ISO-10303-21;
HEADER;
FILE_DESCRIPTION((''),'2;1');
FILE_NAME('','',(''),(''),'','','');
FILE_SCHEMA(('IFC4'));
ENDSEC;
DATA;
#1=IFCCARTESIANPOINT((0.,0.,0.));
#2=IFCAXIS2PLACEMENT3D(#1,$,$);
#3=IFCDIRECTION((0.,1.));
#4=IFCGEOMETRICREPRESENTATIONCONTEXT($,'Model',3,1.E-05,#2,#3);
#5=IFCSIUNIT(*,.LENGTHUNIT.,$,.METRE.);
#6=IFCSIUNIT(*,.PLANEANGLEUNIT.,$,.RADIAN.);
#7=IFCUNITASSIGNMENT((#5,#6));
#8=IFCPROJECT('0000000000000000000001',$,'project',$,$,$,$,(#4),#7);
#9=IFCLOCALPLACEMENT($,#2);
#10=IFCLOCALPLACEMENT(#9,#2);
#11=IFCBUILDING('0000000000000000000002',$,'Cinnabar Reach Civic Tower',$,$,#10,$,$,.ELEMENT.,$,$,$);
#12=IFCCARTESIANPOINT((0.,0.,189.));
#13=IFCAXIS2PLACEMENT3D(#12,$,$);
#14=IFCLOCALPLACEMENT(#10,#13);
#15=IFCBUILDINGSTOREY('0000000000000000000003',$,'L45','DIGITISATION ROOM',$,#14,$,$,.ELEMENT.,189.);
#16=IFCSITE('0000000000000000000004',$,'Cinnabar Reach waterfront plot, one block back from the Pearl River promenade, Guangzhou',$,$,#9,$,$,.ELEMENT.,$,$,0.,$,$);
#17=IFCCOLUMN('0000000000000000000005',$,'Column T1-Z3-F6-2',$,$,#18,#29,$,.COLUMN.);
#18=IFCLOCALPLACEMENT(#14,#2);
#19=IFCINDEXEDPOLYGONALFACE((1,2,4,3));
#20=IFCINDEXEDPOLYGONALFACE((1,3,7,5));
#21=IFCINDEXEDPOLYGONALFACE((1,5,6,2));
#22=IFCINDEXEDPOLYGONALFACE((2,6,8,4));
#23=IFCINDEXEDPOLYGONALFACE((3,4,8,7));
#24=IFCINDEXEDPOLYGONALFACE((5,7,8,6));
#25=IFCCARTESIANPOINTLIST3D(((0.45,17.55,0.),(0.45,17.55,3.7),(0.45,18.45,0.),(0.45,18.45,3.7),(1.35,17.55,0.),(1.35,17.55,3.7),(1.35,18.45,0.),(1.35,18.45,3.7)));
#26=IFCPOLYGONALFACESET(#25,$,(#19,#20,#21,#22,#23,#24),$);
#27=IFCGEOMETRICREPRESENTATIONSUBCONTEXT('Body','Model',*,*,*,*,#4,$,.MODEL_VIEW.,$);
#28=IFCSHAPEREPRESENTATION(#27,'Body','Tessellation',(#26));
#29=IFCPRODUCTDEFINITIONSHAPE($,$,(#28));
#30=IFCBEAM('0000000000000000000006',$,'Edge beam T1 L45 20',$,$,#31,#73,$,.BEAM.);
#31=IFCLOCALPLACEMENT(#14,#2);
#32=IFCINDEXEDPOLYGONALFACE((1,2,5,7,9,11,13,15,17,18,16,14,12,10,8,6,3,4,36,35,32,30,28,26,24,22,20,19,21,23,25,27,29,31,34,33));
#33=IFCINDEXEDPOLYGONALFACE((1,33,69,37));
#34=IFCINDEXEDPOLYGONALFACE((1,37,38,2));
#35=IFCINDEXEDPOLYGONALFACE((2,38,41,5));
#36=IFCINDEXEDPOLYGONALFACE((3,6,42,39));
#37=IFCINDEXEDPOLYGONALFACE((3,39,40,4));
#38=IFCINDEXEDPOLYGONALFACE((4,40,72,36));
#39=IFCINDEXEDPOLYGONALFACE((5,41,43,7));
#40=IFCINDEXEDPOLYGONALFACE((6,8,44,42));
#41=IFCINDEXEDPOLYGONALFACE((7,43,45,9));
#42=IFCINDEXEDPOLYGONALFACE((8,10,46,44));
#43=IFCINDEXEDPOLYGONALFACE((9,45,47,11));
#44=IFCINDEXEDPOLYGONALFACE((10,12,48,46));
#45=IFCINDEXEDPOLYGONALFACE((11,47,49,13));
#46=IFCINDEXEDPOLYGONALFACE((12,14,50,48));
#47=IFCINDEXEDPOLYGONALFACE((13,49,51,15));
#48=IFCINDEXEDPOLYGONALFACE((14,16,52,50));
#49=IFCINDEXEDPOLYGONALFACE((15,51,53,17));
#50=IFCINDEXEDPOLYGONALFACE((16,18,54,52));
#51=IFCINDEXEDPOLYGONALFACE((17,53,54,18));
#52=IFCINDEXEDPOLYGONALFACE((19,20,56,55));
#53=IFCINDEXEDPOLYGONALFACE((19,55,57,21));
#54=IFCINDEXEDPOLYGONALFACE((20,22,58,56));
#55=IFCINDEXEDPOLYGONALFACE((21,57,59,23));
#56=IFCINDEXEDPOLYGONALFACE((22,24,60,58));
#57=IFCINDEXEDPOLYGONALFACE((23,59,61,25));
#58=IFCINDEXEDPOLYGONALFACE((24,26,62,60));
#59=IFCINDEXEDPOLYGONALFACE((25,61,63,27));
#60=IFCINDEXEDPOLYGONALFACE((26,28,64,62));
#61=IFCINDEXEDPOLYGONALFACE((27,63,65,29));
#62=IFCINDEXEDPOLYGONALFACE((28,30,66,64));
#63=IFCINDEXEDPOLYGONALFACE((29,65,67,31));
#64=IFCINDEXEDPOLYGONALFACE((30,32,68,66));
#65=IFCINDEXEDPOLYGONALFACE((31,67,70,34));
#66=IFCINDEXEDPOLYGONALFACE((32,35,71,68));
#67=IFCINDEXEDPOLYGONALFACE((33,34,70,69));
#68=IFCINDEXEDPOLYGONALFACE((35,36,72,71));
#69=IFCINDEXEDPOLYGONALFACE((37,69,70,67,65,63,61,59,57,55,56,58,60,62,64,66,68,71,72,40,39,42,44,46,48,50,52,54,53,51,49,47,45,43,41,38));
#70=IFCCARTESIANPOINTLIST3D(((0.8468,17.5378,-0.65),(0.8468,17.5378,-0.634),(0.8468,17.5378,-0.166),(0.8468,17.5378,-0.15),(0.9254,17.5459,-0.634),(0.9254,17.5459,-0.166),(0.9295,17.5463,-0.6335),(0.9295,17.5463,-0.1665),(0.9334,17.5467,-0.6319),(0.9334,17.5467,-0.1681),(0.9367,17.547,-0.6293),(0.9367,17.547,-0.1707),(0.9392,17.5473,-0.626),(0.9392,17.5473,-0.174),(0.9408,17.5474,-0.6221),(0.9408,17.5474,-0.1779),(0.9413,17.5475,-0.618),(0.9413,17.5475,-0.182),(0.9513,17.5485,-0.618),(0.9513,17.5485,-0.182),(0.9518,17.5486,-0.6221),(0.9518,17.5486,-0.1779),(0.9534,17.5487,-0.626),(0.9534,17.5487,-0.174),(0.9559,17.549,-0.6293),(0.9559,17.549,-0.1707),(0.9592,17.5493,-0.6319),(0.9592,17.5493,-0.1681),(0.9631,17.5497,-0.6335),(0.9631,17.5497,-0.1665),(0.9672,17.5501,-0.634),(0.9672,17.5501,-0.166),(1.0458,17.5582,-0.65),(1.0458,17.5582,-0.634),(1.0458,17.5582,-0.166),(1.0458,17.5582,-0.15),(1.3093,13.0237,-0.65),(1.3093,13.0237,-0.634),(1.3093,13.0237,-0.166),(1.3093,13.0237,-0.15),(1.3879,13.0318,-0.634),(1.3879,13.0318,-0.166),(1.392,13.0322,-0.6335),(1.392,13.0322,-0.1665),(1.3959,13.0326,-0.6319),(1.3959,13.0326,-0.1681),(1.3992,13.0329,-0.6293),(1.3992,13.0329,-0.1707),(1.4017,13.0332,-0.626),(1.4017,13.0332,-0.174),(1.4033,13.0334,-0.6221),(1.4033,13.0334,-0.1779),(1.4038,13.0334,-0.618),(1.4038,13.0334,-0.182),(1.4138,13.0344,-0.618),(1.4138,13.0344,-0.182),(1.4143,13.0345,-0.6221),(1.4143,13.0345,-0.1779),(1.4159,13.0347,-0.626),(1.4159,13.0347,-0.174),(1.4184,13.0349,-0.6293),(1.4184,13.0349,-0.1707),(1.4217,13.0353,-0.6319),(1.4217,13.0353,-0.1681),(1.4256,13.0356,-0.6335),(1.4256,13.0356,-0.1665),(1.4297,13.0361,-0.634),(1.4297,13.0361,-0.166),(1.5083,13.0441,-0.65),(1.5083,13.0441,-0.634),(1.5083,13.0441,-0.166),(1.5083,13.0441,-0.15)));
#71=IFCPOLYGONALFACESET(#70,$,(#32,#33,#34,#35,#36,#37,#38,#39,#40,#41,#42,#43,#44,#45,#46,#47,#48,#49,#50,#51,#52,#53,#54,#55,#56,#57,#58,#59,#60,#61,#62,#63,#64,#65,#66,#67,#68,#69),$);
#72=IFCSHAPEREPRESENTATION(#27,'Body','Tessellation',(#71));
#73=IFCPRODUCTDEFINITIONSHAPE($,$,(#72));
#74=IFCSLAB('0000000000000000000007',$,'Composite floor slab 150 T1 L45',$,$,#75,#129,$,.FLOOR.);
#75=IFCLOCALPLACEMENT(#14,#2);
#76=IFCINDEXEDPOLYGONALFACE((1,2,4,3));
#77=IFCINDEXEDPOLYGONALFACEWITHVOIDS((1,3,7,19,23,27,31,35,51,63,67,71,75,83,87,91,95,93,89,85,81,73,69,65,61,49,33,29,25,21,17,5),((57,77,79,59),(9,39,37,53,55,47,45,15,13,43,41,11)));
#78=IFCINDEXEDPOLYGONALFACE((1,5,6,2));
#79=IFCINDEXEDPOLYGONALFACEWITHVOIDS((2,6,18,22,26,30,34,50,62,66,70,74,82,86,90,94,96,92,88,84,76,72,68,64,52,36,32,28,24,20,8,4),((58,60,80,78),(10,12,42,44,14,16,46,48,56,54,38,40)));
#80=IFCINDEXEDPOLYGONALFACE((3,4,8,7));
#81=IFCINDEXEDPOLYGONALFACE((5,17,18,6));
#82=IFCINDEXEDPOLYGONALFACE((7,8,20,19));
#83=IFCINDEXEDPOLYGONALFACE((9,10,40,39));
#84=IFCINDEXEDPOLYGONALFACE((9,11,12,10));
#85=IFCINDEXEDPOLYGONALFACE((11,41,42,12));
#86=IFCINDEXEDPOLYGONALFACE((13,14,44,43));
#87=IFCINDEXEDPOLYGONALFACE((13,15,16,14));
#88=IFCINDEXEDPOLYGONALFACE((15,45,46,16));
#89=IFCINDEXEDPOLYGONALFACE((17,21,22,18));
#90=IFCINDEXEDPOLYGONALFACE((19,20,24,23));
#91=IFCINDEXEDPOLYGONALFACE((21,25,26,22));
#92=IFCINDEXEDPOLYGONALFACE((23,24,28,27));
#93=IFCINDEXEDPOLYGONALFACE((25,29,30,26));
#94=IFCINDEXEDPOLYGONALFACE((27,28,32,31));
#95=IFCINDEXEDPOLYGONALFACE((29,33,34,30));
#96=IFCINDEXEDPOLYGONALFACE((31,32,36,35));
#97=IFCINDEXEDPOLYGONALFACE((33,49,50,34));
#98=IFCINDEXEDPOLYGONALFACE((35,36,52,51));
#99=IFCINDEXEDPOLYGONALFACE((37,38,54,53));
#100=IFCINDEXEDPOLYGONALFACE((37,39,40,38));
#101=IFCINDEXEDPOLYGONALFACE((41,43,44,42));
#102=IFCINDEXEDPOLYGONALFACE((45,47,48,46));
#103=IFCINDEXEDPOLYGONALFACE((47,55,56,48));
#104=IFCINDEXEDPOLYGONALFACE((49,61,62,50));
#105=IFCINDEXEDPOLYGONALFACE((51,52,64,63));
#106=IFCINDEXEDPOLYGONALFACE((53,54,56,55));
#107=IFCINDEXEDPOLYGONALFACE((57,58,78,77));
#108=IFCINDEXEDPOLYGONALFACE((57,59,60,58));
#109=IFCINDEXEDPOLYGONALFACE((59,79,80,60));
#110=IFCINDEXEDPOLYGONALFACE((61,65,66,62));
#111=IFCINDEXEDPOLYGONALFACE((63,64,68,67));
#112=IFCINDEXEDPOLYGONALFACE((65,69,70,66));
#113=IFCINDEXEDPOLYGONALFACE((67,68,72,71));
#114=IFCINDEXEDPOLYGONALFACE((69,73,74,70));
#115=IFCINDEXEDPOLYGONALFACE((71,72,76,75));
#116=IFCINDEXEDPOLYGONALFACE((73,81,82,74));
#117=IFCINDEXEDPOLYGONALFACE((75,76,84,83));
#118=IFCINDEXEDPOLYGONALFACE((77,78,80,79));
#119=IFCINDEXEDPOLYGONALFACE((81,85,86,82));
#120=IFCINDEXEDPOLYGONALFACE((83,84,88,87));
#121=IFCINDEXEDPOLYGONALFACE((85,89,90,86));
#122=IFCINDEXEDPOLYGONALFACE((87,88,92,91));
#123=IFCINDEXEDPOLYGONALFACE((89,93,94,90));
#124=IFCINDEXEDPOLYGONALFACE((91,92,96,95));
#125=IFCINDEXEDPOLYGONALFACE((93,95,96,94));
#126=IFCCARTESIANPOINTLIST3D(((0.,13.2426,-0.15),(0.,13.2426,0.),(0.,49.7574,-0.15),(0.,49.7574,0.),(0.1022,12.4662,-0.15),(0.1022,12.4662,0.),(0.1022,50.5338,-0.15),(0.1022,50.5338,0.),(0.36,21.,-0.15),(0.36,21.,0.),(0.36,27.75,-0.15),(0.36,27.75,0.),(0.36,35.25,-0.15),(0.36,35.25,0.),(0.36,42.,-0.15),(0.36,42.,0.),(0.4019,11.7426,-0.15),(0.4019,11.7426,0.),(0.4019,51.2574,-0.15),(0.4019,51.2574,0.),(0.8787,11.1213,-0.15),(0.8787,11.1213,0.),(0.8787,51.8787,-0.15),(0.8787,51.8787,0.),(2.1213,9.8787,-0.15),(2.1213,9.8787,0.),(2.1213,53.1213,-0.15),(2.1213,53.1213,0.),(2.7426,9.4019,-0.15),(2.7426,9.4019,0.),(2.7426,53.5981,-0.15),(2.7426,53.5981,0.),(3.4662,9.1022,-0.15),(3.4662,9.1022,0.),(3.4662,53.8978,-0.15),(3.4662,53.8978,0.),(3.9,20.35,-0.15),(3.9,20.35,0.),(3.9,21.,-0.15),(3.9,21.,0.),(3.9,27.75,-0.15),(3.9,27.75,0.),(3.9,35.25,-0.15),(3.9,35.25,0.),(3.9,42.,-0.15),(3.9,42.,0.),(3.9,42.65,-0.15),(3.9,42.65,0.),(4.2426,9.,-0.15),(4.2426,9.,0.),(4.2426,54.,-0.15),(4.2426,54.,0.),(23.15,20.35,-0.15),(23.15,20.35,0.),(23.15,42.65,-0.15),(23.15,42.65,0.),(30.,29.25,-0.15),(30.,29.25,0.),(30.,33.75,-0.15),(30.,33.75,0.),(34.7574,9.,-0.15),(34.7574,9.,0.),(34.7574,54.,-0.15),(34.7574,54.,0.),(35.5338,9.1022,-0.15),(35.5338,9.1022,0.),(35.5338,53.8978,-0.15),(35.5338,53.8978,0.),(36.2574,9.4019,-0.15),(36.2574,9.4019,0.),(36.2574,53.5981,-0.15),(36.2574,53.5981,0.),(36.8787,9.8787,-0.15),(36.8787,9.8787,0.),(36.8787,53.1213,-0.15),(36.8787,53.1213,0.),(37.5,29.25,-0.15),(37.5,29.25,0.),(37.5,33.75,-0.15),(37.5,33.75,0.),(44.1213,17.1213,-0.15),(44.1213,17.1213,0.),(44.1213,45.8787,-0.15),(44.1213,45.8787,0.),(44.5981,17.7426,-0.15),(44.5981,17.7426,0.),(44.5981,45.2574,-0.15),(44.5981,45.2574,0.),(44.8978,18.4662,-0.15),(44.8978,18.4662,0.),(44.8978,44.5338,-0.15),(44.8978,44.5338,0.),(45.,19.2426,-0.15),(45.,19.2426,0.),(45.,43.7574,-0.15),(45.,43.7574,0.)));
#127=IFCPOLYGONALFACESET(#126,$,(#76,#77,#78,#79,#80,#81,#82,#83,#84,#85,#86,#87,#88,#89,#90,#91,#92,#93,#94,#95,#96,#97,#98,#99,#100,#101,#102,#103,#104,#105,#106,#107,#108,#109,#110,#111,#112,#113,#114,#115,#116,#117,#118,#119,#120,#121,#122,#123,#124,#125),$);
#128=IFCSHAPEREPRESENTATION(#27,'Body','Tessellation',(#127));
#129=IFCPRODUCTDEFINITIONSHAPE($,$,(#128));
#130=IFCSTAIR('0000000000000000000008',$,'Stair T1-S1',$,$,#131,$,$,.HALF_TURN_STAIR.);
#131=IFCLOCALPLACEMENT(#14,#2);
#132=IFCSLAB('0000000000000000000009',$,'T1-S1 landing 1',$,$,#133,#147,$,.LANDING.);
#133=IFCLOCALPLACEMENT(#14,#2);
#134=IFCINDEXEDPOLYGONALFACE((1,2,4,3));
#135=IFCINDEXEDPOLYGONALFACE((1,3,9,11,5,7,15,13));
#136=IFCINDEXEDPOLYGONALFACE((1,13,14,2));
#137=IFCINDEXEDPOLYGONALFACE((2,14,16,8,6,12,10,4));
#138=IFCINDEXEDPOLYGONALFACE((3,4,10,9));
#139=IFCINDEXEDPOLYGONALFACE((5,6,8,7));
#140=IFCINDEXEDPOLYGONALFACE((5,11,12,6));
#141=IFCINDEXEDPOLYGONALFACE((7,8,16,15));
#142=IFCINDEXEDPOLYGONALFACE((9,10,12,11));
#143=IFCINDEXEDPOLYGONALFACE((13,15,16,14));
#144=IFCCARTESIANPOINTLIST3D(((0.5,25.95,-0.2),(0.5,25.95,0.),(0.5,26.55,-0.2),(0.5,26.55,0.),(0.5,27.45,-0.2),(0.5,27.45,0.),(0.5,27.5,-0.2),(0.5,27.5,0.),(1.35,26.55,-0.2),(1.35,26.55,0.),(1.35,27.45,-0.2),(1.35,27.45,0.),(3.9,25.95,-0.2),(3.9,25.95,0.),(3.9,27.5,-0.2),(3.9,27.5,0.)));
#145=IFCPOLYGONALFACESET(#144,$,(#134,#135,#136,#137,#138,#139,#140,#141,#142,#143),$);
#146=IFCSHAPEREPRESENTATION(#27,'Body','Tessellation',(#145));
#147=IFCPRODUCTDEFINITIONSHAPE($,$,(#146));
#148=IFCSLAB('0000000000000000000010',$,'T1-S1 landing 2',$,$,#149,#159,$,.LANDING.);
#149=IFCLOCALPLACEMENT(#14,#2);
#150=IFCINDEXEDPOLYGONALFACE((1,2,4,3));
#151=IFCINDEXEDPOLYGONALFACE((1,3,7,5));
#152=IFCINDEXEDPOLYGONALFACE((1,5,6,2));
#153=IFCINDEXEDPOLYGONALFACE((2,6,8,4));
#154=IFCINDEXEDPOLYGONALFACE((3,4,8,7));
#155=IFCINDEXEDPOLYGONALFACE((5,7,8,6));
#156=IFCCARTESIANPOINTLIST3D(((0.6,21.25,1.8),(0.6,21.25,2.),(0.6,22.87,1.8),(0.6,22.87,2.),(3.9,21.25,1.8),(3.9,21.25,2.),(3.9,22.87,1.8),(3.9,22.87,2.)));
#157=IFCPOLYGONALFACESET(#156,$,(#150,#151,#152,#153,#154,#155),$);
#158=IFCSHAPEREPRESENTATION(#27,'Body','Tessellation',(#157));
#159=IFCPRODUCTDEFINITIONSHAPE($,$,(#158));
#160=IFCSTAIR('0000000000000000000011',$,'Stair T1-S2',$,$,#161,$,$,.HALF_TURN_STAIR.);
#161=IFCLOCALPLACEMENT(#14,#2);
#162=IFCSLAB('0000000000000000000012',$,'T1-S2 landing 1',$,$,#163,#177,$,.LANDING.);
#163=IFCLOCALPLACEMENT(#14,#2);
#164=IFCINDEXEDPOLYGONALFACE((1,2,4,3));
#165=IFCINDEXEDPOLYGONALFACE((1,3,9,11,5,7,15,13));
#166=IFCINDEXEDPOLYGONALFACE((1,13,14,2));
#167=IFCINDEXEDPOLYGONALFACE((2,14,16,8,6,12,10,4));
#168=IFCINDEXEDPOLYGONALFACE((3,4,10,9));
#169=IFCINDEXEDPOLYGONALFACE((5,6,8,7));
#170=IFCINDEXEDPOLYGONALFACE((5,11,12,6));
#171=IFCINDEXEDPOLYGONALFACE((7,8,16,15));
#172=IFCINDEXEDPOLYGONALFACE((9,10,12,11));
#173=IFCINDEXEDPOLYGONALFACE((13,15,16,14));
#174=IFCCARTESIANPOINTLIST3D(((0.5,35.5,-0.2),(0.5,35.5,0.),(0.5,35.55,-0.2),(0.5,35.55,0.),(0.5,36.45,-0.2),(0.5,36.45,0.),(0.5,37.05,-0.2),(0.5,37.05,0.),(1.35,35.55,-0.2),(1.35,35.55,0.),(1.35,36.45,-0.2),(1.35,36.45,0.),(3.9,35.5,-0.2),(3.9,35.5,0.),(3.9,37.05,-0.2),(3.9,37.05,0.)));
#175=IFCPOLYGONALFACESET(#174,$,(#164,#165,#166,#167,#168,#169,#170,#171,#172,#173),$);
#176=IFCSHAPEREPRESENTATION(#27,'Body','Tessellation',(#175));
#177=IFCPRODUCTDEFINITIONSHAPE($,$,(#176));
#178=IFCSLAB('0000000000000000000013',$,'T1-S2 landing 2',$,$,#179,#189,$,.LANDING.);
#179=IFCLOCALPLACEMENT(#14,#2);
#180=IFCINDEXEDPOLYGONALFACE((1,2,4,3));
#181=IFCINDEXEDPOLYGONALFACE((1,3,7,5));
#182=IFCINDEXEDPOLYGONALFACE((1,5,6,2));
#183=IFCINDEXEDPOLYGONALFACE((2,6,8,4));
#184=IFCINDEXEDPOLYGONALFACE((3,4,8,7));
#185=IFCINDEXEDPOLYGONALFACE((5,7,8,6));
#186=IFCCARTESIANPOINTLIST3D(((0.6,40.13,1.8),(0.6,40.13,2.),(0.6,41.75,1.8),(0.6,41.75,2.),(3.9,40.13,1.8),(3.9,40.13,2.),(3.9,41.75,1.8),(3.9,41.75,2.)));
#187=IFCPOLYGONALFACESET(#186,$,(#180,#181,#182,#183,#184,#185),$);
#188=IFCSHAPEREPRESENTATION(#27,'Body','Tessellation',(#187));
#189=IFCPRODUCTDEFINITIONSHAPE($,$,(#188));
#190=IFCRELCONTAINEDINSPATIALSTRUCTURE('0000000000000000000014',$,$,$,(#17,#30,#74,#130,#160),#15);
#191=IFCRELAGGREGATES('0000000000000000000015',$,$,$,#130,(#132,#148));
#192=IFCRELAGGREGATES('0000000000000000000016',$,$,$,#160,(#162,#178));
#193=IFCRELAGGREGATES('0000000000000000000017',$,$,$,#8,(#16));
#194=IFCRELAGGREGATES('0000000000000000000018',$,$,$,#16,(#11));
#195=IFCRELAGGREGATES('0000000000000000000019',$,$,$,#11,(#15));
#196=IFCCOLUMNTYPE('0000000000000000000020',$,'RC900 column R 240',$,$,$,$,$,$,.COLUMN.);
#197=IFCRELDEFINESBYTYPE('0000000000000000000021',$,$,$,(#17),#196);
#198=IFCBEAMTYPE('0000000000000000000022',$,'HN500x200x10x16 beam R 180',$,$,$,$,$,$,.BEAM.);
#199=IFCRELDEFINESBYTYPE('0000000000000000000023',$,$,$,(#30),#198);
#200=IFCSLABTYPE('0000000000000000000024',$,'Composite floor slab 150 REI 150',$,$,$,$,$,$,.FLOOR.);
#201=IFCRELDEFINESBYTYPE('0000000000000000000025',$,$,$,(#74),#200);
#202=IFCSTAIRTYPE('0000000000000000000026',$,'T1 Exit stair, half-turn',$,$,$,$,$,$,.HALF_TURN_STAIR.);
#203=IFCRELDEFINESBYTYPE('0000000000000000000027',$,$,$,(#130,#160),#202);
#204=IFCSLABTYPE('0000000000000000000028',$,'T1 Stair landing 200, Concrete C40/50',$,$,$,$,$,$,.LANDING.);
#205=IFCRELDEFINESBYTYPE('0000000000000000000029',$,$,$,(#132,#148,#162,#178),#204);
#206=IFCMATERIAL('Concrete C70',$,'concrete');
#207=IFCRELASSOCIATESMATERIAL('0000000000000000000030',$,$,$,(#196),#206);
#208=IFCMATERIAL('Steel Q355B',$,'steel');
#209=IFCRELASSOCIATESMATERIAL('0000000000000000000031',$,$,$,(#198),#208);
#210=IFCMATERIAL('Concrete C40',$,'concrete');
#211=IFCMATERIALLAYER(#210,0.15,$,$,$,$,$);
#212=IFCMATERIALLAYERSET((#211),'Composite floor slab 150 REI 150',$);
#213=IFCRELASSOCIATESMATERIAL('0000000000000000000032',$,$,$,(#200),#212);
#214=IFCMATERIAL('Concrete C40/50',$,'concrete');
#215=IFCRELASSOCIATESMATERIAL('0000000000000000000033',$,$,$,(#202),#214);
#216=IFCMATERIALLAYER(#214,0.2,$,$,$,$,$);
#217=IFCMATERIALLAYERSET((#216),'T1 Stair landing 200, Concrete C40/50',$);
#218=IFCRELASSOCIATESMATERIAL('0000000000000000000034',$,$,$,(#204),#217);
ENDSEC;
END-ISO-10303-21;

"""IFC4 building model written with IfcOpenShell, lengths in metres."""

from ifc_helpers import new_model, si_unit, direction, frame, origin, origin_2d, place, context, subcontext, project, spatial, polyline, rectangle, i_section, outline, extrude, material, layer, layer_set, material_profile, profile_set, type_object, element, aggregate, save


model = new_model("IFC4")

# Units and contexts
model_context = context("Model", 3, precision=1e-05, world=origin(), true_north=direction((0.0, 1.0)))
body_context = subcontext(model_context, "Body", "Model", "MODEL_VIEW")
ifc_project = project(units=[si_unit("LENGTHUNIT", "METRE"), si_unit("PLANEANGLEUNIT", "RADIAN")], contexts=[model_context])

# Site, building, storey
site_placement = place(None, origin())
site = spatial("IfcSite", under=ifc_project, at=site_placement, Name="Cinnabar Reach waterfront plot, one block back from the Pearl River promenade, Guangzhou", CompositionType="ELEMENT", RefElevation=0.0)
building_placement = place(site_placement, origin())
building = spatial("IfcBuilding", under=site, at=building_placement, Name="Cinnabar Reach Civic Tower", CompositionType="ELEMENT")
storey_placement = place(building_placement, frame((0.0, 0.0, 189.0)))
storey = spatial("IfcBuildingStorey", under=building, at=storey_placement, Name="L45", Description="DIGITISATION ROOM", CompositionType="ELEMENT", Elevation=189.0)

# Column
ifc_material_1 = material(Name="Concrete C70", Category="concrete")
ifc_material_profile_1 = material_profile(ifc_material_1, rectangle(XDim=0.9, YDim=0.9, at=origin_2d()), Name="RC900")
ifc_profile_set_1 = profile_set([ifc_material_profile_1], Name="Concrete C70")
column_type = type_object("IfcColumnType", Name="RC900 column R 240", PredefinedType="COLUMN", material=ifc_profile_set_1)
column_placement = place(storey_placement, frame((0.9, 18.0, 0.0), z_axis=(0.0, 0.0, 1.0), x_axis=(1.0, 0.0, 0.0)))
element("IfcColumn", 1, at=column_placement, inside=storey, type_object=column_type, Name="Column T1-Z3-F6-2", PredefinedType="COLUMN", context=body_context, shape_type="SweptSolid", body=[
    extrude(rectangle(XDim=0.9, YDim=0.9, at=origin_2d()), origin(), (0.0, 0.0, 1.0), 3.7),
])

# Beam
ifc_material_2 = material(Name="Steel Q355B", Category="steel")
ifc_material_profile_2 = material_profile(ifc_material_2, i_section(OverallWidth=0.2, OverallDepth=0.5, WebThickness=0.01, FlangeThickness=0.016, FilletRadius=0.016, at=origin_2d()), Name="HN500x200x10x16")
ifc_profile_set_2 = profile_set([ifc_material_profile_2], Name="Steel Q355B")
beam_type = type_object("IfcBeamType", Name="HN500x200x10x16 beam R 180", PredefinedType="BEAM", material=ifc_profile_set_2)
beam_placement = place(storey_placement, frame((0.9463, 17.548, -0.4), z_axis=(0.101923, -0.994792, 0.0), x_axis=(0.994792, 0.101923, 0.0)))
element("IfcBeam", 2, at=beam_placement, inside=storey, type_object=beam_type, Name="Edge beam T1 L45 20", PredefinedType="BEAM", context=body_context, shape_type="SweptSolid", body=[
    extrude(i_section(OverallWidth=0.2, OverallDepth=0.5, WebThickness=0.01, FlangeThickness=0.016, FilletRadius=0.016, at=origin_2d()), origin(), (0.0, 0.0, 1.0), 4.5377),
])

# Slab
ifc_material_3 = material(Name="Concrete C40", Category="concrete")
ifc_layer_1 = layer(ifc_material_3, 0.15)
ifc_layer_set_1 = layer_set([ifc_layer_1], Name="Composite floor slab 150 REI 150")
slab_type_1 = type_object("IfcSlabType", Name="Composite floor slab 150 REI 150", PredefinedType="FLOOR", material=ifc_layer_set_1)
slab_1_placement = place(storey_placement, frame((0.0, 0.0, -0.15)))
element("IfcSlab", 3, at=slab_1_placement, inside=storey, type_object=slab_type_1, Name="Composite floor slab 150 T1 L45", PredefinedType="FLOOR", context=body_context, shape_type="SweptSolid", body=[
    extrude(outline(polyline([(0.8787, 11.1213), (0.4019, 11.7426), (0.1022, 12.4662), (0.0, 13.2426), (0.0, 49.7574), (0.1022, 50.5338), (0.4019, 51.2574), (0.8787, 51.8787), (2.1213, 53.1213), (2.7426, 53.5981), (3.4662, 53.8978), (4.2426, 54.0), (34.7574, 54.0), (35.5338, 53.8978), (36.2574, 53.5981), (36.8787, 53.1213), (44.1213, 45.8787), (44.5981, 45.2574), (44.8978, 44.5338), (45.0, 43.7574), (45.0, 19.2426), (44.8978, 18.4662), (44.5981, 17.7426), (44.1213, 17.1213), (36.8787, 9.8787), (36.2574, 9.4019), (35.5338, 9.1022), (34.7574, 9.0), (4.2426, 9.0), (3.4662, 9.1022), (2.7426, 9.4019), (2.1213, 9.8787), (0.8787, 11.1213)]), holes=[polyline([(0.36, 21.0), (3.9, 21.0), (3.9, 20.35), (23.15, 20.35), (23.15, 42.65), (3.9, 42.65), (3.9, 42.0), (0.36, 42.0), (0.36, 35.25), (3.9, 35.25), (3.9, 27.75), (0.36, 27.75), (0.36, 21.0)]), polyline([(30.0, 33.75), (30.0, 29.25), (37.5, 29.25), (37.5, 33.75), (30.0, 33.75)])]), origin(), (0.0, 0.0, 1.0), 0.15),
])

# Stairs, slabs
ifc_material_4 = material(Name="Concrete C40/50", Category="concrete")
stair_type = type_object("IfcStairType", Name="T1 Exit stair, half-turn", PredefinedType="HALF_TURN_STAIR", material=ifc_material_4)
stair_1_placement = place(storey_placement, origin())
stair_1 = element("IfcStair", 4, at=stair_1_placement, inside=storey, type_object=stair_type, Name="Stair T1-S1", PredefinedType="HALF_TURN_STAIR")
ifc_layer_2 = layer(ifc_material_4, 0.2)
ifc_layer_set_2 = layer_set([ifc_layer_2], Name="T1 Stair landing 200, Concrete C40/50")
slab_type_2 = type_object("IfcSlabType", Name="T1 Stair landing 200, Concrete C40/50", PredefinedType="LANDING", material=ifc_layer_set_2)
slab_2_placement = place(storey_placement, frame((0.0, 0.0, -0.2)))
slab_2 = element("IfcSlab", 5, at=slab_2_placement, type_object=slab_type_2, Name="T1-S1 landing 1", PredefinedType="LANDING", context=body_context, shape_type="SweptSolid", body=[
    extrude(outline(polyline([(0.5, 27.5), (3.9, 27.5), (3.9, 25.95), (0.5, 25.95), (0.5, 26.55), (1.35, 26.55), (1.35, 27.45), (0.5, 27.45), (0.5, 27.5)])), origin(), (0.0, 0.0, 1.0), 0.2),
])
slab_3_placement = place(storey_placement, frame((0.0, 0.0, 1.8)))
slab_3 = element("IfcSlab", 6, at=slab_3_placement, type_object=slab_type_2, Name="T1-S1 landing 2", PredefinedType="LANDING", context=body_context, shape_type="SweptSolid", body=[
    extrude(outline(polyline([(0.6, 21.25), (0.6, 22.87), (3.9, 22.87), (3.9, 21.25), (0.6, 21.25)])), origin(), (0.0, 0.0, 1.0), 0.2),
])
aggregate(stair_1, [slab_2, slab_3])
stair_2_placement = place(storey_placement, origin())
stair_2 = element("IfcStair", 7, at=stair_2_placement, inside=storey, type_object=stair_type, Name="Stair T1-S2", PredefinedType="HALF_TURN_STAIR")
slab_4_placement = place(storey_placement, frame((0.0, 0.0, -0.2)))
slab_4 = element("IfcSlab", 8, at=slab_4_placement, type_object=slab_type_2, Name="T1-S2 landing 1", PredefinedType="LANDING", context=body_context, shape_type="SweptSolid", body=[
    extrude(outline(polyline([(0.5, 37.05), (3.9, 37.05), (3.9, 35.5), (0.5, 35.5), (0.5, 35.55), (1.35, 35.55), (1.35, 36.45), (0.5, 36.45), (0.5, 37.05)])), origin(), (0.0, 0.0, 1.0), 0.2),
])
slab_5_placement = place(storey_placement, frame((0.0, 0.0, 1.8)))
slab_5 = element("IfcSlab", 9, at=slab_5_placement, type_object=slab_type_2, Name="T1-S2 landing 2", PredefinedType="LANDING", context=body_context, shape_type="SweptSolid", body=[
    extrude(outline(polyline([(0.6, 40.13), (0.6, 41.75), (3.9, 41.75), (3.9, 40.13), (0.6, 40.13)])), origin(), (0.0, 0.0, 1.0), 0.2),
])
aggregate(stair_2, [slab_4, slab_5])

save(model, "model.ifc")
